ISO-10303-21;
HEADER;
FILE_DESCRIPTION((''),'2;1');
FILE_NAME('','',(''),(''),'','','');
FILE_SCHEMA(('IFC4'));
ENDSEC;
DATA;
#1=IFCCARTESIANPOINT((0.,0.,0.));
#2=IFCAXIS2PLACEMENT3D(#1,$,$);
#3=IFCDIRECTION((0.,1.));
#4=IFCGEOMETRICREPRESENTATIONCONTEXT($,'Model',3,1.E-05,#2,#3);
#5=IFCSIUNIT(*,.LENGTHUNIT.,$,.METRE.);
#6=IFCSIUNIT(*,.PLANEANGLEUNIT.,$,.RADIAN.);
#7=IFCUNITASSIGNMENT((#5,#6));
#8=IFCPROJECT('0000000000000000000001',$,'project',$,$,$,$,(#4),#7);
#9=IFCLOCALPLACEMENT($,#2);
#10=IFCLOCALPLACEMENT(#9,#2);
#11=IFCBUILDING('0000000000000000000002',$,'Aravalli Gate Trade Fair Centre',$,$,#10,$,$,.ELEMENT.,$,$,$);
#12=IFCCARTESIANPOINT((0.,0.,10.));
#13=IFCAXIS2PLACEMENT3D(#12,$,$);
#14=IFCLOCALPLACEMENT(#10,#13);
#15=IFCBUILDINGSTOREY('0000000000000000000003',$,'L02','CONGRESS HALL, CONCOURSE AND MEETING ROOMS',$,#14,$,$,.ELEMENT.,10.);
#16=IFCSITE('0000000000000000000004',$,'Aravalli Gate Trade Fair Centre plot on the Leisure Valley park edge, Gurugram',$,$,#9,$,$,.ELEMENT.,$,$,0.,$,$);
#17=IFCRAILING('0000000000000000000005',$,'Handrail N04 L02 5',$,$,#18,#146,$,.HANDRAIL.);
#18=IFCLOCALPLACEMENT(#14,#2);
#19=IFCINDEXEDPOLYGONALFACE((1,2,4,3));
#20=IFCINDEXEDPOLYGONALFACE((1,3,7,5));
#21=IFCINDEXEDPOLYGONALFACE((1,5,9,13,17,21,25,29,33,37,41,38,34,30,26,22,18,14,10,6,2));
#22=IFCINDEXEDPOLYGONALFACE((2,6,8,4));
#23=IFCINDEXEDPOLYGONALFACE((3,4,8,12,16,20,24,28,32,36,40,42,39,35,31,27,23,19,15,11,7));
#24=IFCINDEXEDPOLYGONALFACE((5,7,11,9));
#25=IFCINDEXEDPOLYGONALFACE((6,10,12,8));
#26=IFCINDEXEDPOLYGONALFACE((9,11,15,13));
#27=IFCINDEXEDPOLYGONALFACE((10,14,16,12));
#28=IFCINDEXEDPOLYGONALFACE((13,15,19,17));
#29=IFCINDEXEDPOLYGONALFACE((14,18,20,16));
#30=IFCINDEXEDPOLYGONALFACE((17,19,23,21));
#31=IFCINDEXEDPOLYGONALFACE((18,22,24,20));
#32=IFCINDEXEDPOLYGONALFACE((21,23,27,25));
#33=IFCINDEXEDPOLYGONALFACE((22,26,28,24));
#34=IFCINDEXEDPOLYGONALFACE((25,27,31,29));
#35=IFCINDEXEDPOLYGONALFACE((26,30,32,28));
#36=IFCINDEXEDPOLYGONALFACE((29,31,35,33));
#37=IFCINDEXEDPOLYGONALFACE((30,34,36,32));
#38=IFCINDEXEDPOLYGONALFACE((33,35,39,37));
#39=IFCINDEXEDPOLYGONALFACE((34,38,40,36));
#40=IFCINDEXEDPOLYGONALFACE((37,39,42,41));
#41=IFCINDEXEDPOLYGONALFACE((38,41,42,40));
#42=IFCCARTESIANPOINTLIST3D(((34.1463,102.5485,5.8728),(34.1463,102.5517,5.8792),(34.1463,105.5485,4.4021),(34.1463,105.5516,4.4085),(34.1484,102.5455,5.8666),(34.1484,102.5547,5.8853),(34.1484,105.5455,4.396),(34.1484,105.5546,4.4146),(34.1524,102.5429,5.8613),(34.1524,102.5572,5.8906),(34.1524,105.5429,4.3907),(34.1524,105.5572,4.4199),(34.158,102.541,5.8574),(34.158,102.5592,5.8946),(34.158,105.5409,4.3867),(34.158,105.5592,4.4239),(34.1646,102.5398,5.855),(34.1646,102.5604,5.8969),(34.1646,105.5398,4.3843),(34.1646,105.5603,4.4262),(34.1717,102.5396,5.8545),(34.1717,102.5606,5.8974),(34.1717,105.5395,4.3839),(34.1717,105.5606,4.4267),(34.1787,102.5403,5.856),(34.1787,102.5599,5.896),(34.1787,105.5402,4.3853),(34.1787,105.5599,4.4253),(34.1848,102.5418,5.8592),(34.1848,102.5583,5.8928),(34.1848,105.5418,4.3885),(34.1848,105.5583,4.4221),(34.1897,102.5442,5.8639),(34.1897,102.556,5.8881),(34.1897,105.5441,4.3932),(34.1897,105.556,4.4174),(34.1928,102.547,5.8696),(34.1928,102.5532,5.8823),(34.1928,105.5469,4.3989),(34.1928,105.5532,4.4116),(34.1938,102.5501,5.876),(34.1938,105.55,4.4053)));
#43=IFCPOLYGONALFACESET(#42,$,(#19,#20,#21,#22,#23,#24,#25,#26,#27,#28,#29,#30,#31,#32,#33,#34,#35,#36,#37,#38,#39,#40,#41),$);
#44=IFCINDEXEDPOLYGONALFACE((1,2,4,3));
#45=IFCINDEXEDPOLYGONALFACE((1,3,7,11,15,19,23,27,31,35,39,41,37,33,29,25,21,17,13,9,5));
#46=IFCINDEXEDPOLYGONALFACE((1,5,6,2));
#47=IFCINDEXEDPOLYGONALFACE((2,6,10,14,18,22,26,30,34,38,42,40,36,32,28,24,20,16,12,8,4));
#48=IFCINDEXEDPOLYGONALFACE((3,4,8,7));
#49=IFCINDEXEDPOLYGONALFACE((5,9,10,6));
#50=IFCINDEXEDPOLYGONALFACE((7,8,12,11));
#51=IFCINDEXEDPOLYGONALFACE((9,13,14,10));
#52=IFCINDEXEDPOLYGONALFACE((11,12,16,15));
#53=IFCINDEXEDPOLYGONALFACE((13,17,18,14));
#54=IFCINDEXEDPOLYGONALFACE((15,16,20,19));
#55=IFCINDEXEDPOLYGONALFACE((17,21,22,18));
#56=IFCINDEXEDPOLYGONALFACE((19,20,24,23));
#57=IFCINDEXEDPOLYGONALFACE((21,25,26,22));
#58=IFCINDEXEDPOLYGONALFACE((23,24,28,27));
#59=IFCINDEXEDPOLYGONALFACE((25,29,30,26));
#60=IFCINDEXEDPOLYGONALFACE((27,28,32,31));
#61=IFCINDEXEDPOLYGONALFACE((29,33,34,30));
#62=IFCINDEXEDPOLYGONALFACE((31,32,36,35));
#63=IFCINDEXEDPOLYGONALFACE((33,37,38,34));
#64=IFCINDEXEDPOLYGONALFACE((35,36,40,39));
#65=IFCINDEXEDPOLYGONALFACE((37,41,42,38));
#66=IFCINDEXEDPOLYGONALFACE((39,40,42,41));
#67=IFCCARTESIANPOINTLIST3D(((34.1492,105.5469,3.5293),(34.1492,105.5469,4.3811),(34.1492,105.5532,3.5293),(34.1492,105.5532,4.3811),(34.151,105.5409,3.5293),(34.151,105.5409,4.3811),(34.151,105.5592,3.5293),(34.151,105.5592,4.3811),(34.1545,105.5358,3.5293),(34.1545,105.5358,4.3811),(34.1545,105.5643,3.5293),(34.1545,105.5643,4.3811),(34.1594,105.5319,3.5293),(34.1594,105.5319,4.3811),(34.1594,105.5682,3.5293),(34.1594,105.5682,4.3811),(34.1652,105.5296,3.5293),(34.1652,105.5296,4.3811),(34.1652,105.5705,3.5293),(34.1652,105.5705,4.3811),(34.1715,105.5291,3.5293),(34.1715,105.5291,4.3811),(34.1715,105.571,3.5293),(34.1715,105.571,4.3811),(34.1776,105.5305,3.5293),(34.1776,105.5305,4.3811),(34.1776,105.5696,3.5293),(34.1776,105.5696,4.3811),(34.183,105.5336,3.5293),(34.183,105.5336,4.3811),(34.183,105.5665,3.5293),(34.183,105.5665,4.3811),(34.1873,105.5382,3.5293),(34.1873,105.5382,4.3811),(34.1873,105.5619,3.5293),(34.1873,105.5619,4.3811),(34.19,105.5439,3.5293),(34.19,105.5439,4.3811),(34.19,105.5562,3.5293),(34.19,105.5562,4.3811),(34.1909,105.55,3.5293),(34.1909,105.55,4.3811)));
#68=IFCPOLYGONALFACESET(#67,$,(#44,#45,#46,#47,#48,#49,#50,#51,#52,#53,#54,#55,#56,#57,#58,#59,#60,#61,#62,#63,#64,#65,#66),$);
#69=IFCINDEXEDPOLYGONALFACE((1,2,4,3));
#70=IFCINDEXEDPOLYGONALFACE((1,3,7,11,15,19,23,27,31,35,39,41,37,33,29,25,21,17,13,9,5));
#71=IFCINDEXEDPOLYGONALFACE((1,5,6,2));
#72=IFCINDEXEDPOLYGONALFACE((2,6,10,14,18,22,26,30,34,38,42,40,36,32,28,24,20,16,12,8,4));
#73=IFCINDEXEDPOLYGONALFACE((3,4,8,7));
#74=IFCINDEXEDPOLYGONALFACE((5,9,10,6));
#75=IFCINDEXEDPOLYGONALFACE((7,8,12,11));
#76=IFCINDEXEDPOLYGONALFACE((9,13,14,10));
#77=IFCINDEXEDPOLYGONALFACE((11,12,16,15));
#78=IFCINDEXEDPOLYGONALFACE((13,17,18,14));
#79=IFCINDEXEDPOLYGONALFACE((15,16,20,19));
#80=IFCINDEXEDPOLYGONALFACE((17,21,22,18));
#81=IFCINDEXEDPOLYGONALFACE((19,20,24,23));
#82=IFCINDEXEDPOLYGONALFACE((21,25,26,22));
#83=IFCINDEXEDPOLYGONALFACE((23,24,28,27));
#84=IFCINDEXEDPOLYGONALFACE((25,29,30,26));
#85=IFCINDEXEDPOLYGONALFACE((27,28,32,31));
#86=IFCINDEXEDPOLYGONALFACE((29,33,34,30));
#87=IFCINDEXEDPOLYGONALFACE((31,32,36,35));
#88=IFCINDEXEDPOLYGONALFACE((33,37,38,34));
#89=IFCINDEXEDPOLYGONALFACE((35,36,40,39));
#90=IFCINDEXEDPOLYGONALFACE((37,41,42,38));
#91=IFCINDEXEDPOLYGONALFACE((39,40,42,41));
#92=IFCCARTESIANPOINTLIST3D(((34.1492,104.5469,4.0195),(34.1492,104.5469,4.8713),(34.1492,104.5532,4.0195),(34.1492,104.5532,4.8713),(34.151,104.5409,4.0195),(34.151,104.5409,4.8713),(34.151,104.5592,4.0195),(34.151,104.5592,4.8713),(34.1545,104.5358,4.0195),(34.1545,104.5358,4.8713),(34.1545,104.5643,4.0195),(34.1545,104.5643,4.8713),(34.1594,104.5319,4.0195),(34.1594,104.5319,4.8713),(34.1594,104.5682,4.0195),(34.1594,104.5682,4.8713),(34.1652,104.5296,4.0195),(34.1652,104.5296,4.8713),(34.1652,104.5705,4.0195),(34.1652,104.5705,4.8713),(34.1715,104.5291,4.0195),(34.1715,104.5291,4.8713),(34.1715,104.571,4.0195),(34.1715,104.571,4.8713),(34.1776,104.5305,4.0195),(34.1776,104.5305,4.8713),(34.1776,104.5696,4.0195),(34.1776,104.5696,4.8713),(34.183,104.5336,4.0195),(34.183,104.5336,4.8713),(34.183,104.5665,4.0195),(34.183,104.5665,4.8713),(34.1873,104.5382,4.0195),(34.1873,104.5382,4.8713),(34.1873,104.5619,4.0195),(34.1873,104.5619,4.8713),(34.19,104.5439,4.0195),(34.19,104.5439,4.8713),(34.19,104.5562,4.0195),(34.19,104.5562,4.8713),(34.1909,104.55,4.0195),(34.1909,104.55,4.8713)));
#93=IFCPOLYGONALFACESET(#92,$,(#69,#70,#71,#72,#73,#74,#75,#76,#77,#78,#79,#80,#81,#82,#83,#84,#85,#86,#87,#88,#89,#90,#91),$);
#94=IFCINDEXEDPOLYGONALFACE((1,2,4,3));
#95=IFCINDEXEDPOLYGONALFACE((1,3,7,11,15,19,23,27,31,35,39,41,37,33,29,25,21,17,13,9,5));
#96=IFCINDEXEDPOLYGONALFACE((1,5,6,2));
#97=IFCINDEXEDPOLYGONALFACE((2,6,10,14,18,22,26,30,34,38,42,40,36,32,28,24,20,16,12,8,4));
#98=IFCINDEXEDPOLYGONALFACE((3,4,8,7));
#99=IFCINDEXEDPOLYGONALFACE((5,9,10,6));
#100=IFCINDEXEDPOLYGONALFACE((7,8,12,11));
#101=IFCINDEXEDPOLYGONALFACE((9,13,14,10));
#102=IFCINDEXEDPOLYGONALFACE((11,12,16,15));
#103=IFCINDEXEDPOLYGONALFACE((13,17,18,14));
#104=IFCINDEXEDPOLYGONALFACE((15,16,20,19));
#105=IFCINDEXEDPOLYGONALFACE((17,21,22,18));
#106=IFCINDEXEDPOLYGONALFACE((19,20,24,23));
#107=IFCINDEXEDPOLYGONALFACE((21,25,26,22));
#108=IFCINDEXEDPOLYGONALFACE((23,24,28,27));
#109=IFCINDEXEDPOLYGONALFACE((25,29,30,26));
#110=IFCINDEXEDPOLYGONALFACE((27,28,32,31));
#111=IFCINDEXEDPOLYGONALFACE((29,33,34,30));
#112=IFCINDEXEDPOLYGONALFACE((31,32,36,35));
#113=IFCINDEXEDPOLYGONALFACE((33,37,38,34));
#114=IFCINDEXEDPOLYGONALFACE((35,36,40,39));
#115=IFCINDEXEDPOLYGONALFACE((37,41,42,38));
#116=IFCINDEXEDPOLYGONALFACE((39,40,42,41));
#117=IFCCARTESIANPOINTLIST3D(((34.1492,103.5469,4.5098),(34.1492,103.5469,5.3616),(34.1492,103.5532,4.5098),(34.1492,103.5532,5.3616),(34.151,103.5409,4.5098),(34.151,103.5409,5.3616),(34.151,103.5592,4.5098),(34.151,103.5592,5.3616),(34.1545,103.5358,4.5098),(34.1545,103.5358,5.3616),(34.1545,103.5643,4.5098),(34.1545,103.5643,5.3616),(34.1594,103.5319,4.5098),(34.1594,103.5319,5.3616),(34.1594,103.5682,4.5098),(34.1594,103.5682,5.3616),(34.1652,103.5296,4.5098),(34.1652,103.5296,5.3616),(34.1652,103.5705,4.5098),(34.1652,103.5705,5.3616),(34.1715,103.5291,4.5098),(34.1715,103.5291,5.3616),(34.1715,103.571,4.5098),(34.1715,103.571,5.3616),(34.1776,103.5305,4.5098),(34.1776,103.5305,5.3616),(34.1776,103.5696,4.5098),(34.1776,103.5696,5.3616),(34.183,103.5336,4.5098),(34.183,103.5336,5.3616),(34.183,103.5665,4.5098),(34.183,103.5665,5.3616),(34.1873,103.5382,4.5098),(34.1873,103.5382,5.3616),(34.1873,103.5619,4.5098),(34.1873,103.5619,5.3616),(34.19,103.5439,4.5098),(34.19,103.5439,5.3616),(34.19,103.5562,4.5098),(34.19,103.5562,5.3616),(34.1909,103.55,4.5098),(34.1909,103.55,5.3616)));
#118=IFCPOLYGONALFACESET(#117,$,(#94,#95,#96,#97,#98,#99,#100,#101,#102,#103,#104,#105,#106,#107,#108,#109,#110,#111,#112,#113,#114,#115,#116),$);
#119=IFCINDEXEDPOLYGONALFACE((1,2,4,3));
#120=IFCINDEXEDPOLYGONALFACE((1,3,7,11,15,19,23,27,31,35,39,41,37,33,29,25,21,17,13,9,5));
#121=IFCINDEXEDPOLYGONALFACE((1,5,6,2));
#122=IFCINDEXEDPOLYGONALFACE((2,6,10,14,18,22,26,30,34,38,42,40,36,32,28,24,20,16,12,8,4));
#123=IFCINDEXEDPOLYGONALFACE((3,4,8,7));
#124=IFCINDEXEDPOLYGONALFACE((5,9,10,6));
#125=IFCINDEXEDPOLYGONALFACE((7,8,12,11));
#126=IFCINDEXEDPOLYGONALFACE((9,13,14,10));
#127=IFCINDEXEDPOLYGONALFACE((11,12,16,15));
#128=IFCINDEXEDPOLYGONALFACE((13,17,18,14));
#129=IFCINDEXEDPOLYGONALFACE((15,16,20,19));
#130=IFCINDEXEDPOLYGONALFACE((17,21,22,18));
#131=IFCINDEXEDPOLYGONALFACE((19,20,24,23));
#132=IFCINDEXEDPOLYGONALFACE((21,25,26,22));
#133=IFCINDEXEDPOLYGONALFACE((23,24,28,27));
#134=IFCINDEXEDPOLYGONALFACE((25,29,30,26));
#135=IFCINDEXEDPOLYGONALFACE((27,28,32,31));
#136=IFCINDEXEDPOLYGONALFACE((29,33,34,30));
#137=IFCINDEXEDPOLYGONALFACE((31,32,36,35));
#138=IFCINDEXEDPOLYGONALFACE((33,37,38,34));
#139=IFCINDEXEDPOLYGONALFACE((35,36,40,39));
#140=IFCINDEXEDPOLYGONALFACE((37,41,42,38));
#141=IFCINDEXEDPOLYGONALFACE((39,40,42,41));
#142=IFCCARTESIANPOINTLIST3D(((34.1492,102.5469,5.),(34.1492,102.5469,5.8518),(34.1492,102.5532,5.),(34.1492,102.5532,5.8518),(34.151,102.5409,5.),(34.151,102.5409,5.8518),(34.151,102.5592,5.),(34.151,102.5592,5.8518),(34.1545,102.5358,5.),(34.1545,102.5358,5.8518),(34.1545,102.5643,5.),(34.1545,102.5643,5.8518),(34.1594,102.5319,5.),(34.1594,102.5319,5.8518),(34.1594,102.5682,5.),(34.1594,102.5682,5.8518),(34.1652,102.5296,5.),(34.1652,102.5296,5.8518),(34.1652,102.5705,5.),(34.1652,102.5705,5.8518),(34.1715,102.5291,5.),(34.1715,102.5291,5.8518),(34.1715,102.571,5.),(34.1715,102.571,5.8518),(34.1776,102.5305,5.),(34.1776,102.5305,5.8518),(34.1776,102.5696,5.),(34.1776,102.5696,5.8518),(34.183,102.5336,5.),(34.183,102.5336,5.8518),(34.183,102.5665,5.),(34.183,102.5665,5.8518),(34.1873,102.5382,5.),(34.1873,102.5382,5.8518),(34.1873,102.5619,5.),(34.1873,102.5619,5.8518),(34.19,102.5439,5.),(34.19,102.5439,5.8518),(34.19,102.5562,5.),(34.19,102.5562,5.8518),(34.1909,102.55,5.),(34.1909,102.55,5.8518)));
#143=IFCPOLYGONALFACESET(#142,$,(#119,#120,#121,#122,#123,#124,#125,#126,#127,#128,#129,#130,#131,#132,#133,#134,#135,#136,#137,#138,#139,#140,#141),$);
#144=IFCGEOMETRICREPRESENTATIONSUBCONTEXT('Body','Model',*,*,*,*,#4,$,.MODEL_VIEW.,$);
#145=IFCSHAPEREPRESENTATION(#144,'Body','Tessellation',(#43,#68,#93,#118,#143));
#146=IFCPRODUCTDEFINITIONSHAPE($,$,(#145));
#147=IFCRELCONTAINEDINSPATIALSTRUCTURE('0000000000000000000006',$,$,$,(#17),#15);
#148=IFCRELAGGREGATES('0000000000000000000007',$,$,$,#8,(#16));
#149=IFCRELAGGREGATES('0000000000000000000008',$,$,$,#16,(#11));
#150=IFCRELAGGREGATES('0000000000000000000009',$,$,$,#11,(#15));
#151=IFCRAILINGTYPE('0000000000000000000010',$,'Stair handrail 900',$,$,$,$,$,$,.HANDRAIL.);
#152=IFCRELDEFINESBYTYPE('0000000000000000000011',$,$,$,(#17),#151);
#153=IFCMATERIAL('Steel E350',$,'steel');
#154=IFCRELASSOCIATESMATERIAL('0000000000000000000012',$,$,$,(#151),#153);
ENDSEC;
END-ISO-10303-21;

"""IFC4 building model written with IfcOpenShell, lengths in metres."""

from ifc_helpers import new_model, si_unit, direction, frame, origin, origin_2d, place, context, subcontext, project, spatial, circle, extrude, material, type_object, element, save


model = new_model("IFC4")

# Units and contexts
model_context = context("Model", 3, precision=1e-05, world=origin(), true_north=direction((0.0, 1.0)))
body_context = subcontext(model_context, "Body", "Model", "MODEL_VIEW")
ifc_project = project(units=[si_unit("LENGTHUNIT", "METRE"), si_unit("PLANEANGLEUNIT", "RADIAN")], contexts=[model_context])

# Site, building, storey
site_placement = place(None, origin())
site = spatial("IfcSite", under=ifc_project, at=site_placement, Name="Aravalli Gate Trade Fair Centre plot on the Leisure Valley park edge, Gurugram", CompositionType="ELEMENT", RefElevation=0.0)
building_placement = place(site_placement, origin())
building = spatial("IfcBuilding", under=site, at=building_placement, Name="Aravalli Gate Trade Fair Centre", CompositionType="ELEMENT")
storey_placement = place(building_placement, frame((0.0, 0.0, 10.0)))
storey = spatial("IfcBuildingStorey", under=building, at=storey_placement, Name="L02", Description="CONGRESS HALL, CONCOURSE AND MEETING ROOMS", CompositionType="ELEMENT", Elevation=10.0)

# Shared definitions
ifc_material_1 = material(Name="Steel E350", Category="steel")

# Railing
railing_type_1 = type_object("IfcRailingType", Name="Stair handrail 900", PredefinedType="HANDRAIL", material=ifc_material_1)
for number, where, name in (
    (1, (34.1699, 105.55, 3.5293), "Handrail N04 L02 5"),
):
    element("IfcRailing", number, at=place(storey_placement, frame(where)), inside=storey, type_object=railing_type_1, Name=name, PredefinedType="HANDRAIL", context=body_context, shape_type="SweptSolid", body=[
        extrude(circle(Radius=0.0239, at=origin_2d()), frame((0.0, 0.0, 0.876), z_axis=(0.0, -0.897907, 0.440185), x_axis=(1.0, 0.0, 0.0)), (0.0, 0.0, 1.0), 3.3411),
        extrude(circle(Radius=0.021, at=origin_2d()), origin(), (0.0, 0.0, 1.0), 0.8518),
        extrude(circle(Radius=0.021, at=origin_2d()), frame((0.0, -1.0, 0.4902)), (0.0, 0.0, 1.0), 0.8518),
        extrude(circle(Radius=0.021, at=origin_2d()), frame((0.0, -2.0, 0.9805)), (0.0, 0.0, 1.0), 0.8518),
        extrude(circle(Radius=0.021, at=origin_2d()), frame((0.0, -3.0, 1.4707)), (0.0, 0.0, 1.0), 0.8518),
    ])

save(model, "model.ifc")
